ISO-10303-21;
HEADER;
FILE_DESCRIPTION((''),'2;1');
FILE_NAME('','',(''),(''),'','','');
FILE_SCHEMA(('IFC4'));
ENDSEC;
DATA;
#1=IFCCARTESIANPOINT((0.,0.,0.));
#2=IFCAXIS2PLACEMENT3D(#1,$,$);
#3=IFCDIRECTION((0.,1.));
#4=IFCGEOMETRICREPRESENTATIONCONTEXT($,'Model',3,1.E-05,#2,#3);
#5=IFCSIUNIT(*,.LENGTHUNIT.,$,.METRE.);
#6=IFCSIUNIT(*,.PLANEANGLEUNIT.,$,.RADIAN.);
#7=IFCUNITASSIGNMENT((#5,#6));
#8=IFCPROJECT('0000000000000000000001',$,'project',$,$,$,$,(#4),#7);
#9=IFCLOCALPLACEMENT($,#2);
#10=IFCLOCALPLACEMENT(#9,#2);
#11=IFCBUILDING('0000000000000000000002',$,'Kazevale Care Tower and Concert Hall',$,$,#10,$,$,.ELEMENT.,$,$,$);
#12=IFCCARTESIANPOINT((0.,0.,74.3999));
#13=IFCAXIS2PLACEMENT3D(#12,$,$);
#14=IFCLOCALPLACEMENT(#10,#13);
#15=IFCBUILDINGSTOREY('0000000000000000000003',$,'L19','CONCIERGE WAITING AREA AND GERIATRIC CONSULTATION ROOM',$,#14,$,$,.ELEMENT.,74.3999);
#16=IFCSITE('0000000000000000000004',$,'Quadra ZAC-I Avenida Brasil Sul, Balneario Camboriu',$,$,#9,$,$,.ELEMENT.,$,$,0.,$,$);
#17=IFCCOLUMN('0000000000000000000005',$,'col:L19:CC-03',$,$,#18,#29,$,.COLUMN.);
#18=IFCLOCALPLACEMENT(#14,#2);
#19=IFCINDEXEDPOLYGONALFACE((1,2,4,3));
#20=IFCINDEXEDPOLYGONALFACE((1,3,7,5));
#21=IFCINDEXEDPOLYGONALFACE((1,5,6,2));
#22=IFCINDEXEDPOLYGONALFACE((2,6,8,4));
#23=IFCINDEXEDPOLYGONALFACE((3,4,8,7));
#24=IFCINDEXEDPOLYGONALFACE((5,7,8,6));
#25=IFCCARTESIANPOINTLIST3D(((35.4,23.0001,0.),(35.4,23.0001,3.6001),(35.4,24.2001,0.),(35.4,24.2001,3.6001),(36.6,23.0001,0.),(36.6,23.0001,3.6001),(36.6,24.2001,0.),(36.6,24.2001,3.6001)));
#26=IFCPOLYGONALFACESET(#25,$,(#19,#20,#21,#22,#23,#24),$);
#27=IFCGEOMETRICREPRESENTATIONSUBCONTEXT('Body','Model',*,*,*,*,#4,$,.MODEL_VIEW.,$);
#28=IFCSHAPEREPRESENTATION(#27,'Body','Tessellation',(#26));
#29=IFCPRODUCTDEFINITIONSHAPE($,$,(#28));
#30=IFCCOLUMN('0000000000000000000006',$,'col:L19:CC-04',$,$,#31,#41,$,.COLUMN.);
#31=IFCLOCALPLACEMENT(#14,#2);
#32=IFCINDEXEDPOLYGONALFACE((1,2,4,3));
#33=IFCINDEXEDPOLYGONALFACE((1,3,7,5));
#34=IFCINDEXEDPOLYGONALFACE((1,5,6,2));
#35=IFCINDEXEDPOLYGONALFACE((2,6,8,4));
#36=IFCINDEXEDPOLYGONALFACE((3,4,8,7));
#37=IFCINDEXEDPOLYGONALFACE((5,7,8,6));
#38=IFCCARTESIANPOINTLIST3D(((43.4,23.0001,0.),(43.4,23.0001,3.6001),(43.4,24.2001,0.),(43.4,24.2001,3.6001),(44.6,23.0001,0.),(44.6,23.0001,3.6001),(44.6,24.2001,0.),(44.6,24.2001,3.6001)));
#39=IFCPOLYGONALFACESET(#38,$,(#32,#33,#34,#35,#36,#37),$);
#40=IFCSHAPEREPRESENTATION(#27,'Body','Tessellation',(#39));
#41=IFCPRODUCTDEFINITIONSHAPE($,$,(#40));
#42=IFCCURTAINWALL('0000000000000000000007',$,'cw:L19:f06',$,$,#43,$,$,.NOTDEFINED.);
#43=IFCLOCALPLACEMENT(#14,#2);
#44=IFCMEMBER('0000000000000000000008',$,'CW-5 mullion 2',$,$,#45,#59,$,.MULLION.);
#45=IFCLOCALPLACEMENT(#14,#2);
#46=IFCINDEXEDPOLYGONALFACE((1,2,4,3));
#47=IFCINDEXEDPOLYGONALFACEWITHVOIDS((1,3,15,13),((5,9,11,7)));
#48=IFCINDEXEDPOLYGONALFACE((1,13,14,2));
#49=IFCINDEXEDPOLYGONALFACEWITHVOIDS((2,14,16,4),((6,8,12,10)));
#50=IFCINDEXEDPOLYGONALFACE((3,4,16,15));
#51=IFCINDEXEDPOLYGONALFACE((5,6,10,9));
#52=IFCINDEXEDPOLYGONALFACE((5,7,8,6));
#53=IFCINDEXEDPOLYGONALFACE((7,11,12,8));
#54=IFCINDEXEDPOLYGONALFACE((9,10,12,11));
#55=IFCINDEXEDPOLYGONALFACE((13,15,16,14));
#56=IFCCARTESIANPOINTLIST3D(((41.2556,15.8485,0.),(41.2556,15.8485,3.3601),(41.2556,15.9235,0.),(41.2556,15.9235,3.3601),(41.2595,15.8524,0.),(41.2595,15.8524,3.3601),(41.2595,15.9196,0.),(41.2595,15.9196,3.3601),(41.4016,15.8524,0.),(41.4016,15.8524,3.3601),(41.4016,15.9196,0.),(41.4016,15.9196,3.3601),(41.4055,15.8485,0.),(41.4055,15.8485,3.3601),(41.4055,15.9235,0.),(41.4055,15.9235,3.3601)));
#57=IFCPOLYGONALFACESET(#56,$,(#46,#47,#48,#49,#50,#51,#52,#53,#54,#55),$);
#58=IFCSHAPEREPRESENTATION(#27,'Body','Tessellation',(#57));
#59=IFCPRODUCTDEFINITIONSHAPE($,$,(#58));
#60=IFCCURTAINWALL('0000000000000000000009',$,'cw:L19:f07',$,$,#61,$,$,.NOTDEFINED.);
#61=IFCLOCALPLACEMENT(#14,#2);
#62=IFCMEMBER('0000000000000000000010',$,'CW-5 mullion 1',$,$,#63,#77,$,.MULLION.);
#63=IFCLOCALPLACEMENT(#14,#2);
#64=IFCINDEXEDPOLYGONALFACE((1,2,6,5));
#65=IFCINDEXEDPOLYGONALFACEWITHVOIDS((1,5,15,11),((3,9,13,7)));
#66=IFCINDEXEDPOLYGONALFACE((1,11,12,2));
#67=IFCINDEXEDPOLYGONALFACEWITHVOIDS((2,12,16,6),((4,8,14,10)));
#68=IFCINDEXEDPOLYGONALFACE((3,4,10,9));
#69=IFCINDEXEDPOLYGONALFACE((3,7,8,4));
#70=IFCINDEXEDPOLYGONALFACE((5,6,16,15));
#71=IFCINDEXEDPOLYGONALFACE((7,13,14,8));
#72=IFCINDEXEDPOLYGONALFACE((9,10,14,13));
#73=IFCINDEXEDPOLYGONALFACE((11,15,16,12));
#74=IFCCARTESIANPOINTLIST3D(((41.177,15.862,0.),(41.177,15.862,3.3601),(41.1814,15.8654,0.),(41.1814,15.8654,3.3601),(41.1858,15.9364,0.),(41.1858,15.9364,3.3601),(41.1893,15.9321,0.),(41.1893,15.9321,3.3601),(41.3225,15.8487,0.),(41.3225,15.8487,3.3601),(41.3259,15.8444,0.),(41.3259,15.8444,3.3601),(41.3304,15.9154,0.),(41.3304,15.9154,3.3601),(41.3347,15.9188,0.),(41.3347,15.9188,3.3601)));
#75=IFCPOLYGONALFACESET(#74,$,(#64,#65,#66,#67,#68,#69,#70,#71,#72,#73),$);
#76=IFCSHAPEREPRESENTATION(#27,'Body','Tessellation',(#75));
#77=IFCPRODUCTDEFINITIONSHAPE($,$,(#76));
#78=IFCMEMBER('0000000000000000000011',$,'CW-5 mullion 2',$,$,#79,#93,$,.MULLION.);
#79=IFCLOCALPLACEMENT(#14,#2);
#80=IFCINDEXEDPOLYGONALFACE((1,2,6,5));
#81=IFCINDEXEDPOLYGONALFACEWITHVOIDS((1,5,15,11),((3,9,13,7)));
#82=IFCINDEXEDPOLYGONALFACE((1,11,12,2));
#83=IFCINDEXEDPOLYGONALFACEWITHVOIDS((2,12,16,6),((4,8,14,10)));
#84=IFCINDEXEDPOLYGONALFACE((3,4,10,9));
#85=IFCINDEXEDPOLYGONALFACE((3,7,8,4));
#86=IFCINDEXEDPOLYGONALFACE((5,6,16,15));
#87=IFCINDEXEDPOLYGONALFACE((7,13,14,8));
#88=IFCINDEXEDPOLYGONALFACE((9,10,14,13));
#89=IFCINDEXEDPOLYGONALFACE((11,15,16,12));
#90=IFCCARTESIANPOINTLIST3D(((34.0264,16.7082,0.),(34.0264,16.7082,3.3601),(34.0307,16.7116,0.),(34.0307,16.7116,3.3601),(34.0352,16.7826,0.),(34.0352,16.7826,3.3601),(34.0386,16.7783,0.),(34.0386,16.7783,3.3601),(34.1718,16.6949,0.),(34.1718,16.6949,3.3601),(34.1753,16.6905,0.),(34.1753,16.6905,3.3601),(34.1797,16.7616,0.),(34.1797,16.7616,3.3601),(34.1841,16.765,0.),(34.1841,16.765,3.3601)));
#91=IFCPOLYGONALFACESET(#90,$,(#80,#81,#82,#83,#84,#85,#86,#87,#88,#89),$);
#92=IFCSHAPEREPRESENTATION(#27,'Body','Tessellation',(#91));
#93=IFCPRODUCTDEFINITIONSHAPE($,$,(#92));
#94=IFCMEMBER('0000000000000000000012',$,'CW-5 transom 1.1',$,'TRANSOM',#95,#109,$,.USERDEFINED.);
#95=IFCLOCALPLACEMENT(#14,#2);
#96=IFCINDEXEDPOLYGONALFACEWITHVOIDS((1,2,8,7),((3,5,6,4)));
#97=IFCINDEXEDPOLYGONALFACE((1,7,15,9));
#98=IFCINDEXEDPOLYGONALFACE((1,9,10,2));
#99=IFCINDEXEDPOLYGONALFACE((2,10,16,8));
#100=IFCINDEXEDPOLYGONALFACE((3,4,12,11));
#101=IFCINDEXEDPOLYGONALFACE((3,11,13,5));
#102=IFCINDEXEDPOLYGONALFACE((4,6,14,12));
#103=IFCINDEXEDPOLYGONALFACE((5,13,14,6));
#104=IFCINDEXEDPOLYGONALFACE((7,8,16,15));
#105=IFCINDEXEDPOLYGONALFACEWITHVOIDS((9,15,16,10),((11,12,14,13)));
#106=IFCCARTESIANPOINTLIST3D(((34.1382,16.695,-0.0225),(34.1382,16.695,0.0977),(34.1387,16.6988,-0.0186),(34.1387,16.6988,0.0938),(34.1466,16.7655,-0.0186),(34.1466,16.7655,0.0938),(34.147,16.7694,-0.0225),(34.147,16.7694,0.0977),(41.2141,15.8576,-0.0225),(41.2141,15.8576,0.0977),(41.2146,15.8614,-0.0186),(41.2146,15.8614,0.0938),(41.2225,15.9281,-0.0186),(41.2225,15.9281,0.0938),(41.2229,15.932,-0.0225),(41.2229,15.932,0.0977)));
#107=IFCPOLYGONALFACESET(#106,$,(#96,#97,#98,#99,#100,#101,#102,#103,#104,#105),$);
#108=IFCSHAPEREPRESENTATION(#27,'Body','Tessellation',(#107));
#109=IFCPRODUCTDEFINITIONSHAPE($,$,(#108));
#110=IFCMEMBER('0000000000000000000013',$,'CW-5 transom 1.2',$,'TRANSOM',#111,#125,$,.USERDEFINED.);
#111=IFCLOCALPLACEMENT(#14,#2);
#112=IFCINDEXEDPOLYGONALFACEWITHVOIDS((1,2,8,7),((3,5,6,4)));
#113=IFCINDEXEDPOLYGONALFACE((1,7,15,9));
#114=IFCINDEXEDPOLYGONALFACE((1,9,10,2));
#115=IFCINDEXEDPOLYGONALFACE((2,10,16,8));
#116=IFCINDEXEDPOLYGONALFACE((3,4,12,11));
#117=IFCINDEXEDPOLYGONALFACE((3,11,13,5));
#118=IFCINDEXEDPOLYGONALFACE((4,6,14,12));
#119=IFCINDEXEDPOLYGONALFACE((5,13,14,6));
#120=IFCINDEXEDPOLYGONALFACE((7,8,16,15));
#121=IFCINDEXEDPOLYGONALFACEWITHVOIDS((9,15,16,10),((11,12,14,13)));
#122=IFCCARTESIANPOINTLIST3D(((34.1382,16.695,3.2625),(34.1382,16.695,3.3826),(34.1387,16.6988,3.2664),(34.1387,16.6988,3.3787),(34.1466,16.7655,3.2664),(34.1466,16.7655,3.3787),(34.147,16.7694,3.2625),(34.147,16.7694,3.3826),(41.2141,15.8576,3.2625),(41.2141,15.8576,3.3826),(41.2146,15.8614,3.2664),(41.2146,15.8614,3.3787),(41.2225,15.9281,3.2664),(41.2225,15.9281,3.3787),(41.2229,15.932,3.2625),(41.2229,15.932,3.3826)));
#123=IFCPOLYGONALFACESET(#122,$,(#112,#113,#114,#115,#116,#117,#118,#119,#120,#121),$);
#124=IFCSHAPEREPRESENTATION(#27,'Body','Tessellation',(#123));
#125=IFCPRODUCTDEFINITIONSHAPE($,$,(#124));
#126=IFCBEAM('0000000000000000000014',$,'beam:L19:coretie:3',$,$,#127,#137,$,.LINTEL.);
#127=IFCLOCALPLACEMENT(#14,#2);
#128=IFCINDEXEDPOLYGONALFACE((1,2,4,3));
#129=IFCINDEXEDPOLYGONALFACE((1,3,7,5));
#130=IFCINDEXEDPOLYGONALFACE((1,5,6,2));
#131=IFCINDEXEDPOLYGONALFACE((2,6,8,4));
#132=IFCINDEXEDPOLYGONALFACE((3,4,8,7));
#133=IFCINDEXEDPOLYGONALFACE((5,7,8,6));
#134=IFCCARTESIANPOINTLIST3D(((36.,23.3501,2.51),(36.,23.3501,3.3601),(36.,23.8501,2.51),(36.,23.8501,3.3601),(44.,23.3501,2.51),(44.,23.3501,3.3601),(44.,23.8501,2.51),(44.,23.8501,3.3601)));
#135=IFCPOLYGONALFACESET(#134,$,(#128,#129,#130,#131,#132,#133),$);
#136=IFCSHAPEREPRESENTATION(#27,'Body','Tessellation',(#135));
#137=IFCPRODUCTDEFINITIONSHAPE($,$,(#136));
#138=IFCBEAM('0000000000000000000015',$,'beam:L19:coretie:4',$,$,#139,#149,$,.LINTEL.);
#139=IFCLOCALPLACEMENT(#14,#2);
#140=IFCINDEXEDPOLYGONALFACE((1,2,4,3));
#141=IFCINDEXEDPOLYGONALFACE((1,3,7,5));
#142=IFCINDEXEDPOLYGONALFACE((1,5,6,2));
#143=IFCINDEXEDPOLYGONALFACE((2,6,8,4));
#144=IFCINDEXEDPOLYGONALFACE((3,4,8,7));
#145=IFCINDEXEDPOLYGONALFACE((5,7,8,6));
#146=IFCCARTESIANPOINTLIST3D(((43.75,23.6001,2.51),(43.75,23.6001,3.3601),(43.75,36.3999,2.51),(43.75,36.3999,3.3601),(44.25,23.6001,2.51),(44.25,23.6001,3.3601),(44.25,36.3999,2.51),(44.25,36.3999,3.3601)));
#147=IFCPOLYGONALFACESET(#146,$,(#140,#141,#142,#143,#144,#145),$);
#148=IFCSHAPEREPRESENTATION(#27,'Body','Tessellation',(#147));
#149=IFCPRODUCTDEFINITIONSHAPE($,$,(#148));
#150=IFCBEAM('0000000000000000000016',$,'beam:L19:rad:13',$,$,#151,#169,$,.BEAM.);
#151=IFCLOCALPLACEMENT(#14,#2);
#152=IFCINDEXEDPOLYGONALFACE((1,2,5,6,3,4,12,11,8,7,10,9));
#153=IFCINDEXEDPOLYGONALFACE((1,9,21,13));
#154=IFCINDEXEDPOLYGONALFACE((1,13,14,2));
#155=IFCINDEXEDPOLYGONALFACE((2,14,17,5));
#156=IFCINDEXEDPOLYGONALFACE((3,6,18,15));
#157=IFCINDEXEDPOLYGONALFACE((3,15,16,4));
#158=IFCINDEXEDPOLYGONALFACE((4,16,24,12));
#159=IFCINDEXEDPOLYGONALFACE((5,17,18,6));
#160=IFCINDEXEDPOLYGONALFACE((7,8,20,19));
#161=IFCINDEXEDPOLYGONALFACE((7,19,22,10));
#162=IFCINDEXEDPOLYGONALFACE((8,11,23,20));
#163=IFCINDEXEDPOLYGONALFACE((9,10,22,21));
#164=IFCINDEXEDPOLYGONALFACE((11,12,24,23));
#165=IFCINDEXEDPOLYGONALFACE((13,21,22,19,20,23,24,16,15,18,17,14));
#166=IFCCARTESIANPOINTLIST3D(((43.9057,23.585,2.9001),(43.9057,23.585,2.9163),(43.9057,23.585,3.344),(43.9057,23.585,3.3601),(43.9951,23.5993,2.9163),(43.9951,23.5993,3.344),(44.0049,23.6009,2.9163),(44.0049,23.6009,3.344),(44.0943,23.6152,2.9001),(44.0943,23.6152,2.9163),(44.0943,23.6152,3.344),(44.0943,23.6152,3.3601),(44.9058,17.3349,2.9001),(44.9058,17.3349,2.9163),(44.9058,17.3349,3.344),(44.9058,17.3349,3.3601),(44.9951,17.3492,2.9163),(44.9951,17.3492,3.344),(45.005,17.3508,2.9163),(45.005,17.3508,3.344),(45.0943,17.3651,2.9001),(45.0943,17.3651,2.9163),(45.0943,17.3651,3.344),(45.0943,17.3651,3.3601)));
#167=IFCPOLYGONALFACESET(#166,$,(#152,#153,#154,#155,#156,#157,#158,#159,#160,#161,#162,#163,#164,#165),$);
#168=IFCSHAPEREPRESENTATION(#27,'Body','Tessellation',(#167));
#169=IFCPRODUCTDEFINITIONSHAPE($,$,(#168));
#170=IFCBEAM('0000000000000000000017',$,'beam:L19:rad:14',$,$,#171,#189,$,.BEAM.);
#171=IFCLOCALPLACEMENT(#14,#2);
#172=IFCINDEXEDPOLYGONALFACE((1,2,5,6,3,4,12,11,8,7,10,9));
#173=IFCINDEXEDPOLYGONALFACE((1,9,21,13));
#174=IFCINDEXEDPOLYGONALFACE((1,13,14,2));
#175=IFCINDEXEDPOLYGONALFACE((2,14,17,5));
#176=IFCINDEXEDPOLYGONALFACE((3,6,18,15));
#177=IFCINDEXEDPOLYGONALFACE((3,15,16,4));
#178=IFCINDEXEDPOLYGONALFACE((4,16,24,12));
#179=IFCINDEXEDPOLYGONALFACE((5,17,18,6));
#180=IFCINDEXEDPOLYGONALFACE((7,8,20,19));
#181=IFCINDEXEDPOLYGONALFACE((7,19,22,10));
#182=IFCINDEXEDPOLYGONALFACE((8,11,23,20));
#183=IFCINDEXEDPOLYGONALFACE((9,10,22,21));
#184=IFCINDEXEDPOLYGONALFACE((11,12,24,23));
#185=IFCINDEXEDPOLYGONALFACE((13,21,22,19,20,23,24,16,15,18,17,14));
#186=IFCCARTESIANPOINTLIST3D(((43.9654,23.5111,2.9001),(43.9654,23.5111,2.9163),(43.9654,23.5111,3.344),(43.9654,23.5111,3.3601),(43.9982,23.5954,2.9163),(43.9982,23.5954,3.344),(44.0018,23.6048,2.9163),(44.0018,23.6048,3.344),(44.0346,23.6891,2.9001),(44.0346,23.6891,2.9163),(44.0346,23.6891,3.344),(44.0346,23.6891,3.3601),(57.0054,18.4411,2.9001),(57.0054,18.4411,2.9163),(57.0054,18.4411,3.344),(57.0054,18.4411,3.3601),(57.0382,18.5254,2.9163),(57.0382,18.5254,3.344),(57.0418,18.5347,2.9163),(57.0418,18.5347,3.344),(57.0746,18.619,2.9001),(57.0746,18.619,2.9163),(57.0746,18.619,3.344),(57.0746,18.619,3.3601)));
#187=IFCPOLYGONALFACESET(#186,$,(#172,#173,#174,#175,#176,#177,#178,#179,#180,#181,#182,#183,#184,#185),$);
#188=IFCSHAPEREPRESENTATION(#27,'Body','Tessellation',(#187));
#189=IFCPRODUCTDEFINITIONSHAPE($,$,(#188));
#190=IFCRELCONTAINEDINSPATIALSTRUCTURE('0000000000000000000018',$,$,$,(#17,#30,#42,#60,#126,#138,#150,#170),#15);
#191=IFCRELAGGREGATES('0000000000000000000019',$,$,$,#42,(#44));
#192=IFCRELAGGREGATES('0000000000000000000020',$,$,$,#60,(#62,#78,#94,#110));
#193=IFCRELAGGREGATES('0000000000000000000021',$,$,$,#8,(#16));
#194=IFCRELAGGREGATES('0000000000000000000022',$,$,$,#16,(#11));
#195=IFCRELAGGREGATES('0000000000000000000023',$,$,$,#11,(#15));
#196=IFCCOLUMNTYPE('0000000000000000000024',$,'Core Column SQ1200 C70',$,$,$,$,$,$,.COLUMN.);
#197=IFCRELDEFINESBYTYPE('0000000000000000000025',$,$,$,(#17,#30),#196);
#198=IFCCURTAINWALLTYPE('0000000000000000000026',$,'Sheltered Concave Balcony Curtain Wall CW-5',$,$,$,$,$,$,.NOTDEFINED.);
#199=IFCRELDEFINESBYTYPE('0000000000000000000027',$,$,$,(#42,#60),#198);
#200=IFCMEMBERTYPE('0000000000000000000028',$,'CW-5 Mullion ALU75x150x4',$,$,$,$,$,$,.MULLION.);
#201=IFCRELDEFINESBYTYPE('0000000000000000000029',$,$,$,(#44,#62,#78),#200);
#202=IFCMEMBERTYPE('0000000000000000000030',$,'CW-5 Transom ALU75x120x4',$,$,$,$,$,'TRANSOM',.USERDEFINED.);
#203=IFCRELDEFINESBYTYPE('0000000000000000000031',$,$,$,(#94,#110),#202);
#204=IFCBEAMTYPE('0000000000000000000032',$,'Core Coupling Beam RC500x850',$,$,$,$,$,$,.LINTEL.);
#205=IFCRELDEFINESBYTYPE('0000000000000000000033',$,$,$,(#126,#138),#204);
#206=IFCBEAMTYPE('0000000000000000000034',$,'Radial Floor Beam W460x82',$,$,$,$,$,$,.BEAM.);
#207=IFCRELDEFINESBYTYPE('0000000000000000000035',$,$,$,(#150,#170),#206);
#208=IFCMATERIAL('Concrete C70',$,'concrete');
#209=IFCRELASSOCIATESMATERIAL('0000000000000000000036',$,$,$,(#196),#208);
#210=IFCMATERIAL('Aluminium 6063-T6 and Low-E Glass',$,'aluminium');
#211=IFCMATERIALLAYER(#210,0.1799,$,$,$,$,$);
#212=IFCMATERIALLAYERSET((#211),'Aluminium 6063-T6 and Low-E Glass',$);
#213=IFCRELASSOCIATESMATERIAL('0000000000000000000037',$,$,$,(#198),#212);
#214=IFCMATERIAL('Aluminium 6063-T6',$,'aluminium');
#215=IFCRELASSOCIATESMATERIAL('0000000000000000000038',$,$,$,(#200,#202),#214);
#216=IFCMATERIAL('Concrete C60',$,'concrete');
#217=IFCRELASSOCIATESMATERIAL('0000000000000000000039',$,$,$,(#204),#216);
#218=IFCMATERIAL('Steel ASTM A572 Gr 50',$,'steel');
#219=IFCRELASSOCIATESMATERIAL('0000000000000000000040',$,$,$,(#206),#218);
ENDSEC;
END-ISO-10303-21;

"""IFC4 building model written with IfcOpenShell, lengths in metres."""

from ifc_helpers import new_model, si_unit, direction, frame, origin, origin_2d, place, context, subcontext, project, spatial, rectangle, hollow_rectangle, i_section, extrude, material, layer, layer_set, material_profile, profile_set, type_object, element, aggregate, save


model = new_model("IFC4")

# Units and contexts
model_context = context("Model", 3, precision=1e-05, world=origin(), true_north=direction((0.0, 1.0)))
body_context = subcontext(model_context, "Body", "Model", "MODEL_VIEW")
ifc_project = project(units=[si_unit("LENGTHUNIT", "METRE"), si_unit("PLANEANGLEUNIT", "RADIAN")], contexts=[model_context])

# Site, building, storey
site_placement = place(None, origin())
site = spatial("IfcSite", under=ifc_project, at=site_placement, Name="Quadra ZAC-I Avenida Brasil Sul, Balneario Camboriu", CompositionType="ELEMENT", RefElevation=0.0)
building_placement = place(site_placement, origin())
building = spatial("IfcBuilding", under=site, at=building_placement, Name="Kazevale Care Tower and Concert Hall", CompositionType="ELEMENT")
storey_placement = place(building_placement, frame((0.0, 0.0, 74.3999)))
storey = spatial("IfcBuildingStorey", under=building, at=storey_placement, Name="L19", Description="CONCIERGE WAITING AREA AND GERIATRIC CONSULTATION ROOM", CompositionType="ELEMENT", Elevation=74.3999)

# Columns
ifc_material_1 = material(Name="Concrete C70", Category="concrete")
ifc_material_profile_1 = material_profile(ifc_material_1, rectangle(XDim=1.2, YDim=1.2, at=origin_2d()), Name="RC-SQ1200")
ifc_profile_set_1 = profile_set([ifc_material_profile_1], Name="Concrete C70")
column_type = type_object("IfcColumnType", Name="Core Column SQ1200 C70", PredefinedType="COLUMN", material=ifc_profile_set_1)
for number, where, z_axis, x_axis, name in (
    (1, (36.0, 23.6001, 0.0), (0.0, 0.0, 1.0), (1.0, 0.0, 0.0), "col:L19:CC-03"),
    (2, (44.0, 23.6001, 0.0), (0.0, 0.0, 1.0), (1.0, 0.0, 0.0), "col:L19:CC-04"),
):
    element("IfcColumn", number, at=place(storey_placement, frame(where, z_axis=z_axis, x_axis=x_axis)), inside=storey, type_object=column_type, Name=name, PredefinedType="COLUMN", context=body_context, shape_type="SweptSolid", body=[
        extrude(rectangle(XDim=1.2, YDim=1.2, at=origin_2d()), origin(), (0.0, 0.0, 1.0), 3.6001),
    ])

# Curtain wall, member
ifc_material_2 = material(Name="Aluminium 6063-T6 and Low-E Glass", Category="aluminium")
ifc_layer_1 = layer(ifc_material_2, 0.1799)
ifc_layer_set_1 = layer_set([ifc_layer_1], Name="Aluminium 6063-T6 and Low-E Glass")
curtain_wall_type = type_object("IfcCurtainWallType", Name="Sheltered Concave Balcony Curtain Wall CW-5", PredefinedType="NOTDEFINED", material=ifc_layer_set_1)
curtain_wall_1_placement = place(storey_placement, origin())
curtain_wall_1 = element("IfcCurtainWall", 3, at=curtain_wall_1_placement, inside=storey, type_object=curtain_wall_type, Name="cw:L19:f06", PredefinedType="NOTDEFINED")
ifc_material_3 = material(Name="Aluminium 6063-T6", Category="aluminium")
ifc_material_profile_2 = material_profile(ifc_material_3, hollow_rectangle(XDim=0.075, YDim=0.1499, WallThickness=0.0039, at=origin_2d()), Name="ALU75x150x4")
ifc_profile_set_2 = profile_set([ifc_material_profile_2], Name="Aluminium 6063-T6")
member_type_1 = type_object("IfcMemberType", Name="CW-5 Mullion ALU75x150x4", PredefinedType="MULLION", material=ifc_profile_set_2)
member_1_placement = place(storey_placement, frame((41.3306, 15.886, 0.0), z_axis=(0.0, 0.0, 1.0), x_axis=(0.0, -1.0, 0.0)))
member_1 = element("IfcMember", 4, at=member_1_placement, type_object=member_type_1, Name="CW-5 mullion 2", PredefinedType="MULLION", context=body_context, shape_type="SweptSolid", body=[
    extrude(hollow_rectangle(XDim=0.075, YDim=0.1499, WallThickness=0.0039, at=origin_2d()), origin(), (0.0, 0.0, 1.0), 3.3601),
])

# Curtain wall, members
curtain_wall_2_placement = place(storey_placement, origin())
curtain_wall_2 = element("IfcCurtainWall", 5, at=curtain_wall_2_placement, inside=storey, type_object=curtain_wall_type, Name="cw:L19:f07", PredefinedType="NOTDEFINED")
member_2_placement = place(storey_placement, frame((41.2559, 15.8904, 0.0), z_axis=(0.0, 0.0, 1.0), x_axis=(-0.117519, -0.993071, 0.0)))
member_2 = element("IfcMember", 6, at=member_2_placement, type_object=member_type_1, Name="CW-5 mullion 1", PredefinedType="MULLION", context=body_context, shape_type="SweptSolid", body=[
    extrude(hollow_rectangle(XDim=0.075, YDim=0.1499, WallThickness=0.0039, at=origin_2d()), origin(), (0.0, 0.0, 1.0), 3.3601),
])
member_3_placement = place(storey_placement, frame((34.1052, 16.7366, 0.0), z_axis=(0.0, 0.0, 1.0), x_axis=(-0.117519, -0.993071, 0.0)))
member_3 = element("IfcMember", 7, at=member_3_placement, type_object=member_type_1, Name="CW-5 mullion 2", PredefinedType="MULLION", context=body_context, shape_type="SweptSolid", body=[
    extrude(hollow_rectangle(XDim=0.075, YDim=0.1499, WallThickness=0.0039, at=origin_2d()), origin(), (0.0, 0.0, 1.0), 3.3601),
])
ifc_material_profile_3 = material_profile(ifc_material_3, hollow_rectangle(XDim=0.075, YDim=0.1201, WallThickness=0.0039, at=origin_2d()), Name="ALU75x120x4")
ifc_profile_set_3 = profile_set([ifc_material_profile_3], Name="Aluminium 6063-T6")
member_type_2 = type_object("IfcMemberType", Name="CW-5 Transom ALU75x120x4", ElementType="TRANSOM", PredefinedType="USERDEFINED", material=ifc_profile_set_3)
member_4_placement = place(storey_placement, frame((41.2185, 15.8948, 0.0376), z_axis=(-0.99307, 0.117525, 0.0), x_axis=(-0.117525, -0.99307, 0.0)))
member_4 = element("IfcMember", 8, at=member_4_placement, type_object=member_type_2, Name="CW-5 transom 1.1", ObjectType="TRANSOM", PredefinedType="USERDEFINED", context=body_context, shape_type="SweptSolid", body=[
    extrude(hollow_rectangle(XDim=0.075, YDim=0.1201, WallThickness=0.0039, at=origin_2d()), origin(), (0.0, 0.0, 1.0), 7.1252),
])
member_5_placement = place(storey_placement, frame((41.2185, 15.8948, 3.3225), z_axis=(-0.99307, 0.117525, 0.0), x_axis=(-0.117525, -0.99307, 0.0)))
member_5 = element("IfcMember", 9, at=member_5_placement, type_object=member_type_2, Name="CW-5 transom 1.2", ObjectType="TRANSOM", PredefinedType="USERDEFINED", context=body_context, shape_type="SweptSolid", body=[
    extrude(hollow_rectangle(XDim=0.075, YDim=0.1201, WallThickness=0.0039, at=origin_2d()), origin(), (0.0, 0.0, 1.0), 7.1252),
])

# Beams
ifc_material_4 = material(Name="Concrete C60", Category="concrete")
ifc_material_profile_4 = material_profile(ifc_material_4, rectangle(XDim=0.5, YDim=0.8501, at=origin_2d()), Name="RC-B500x850")
ifc_profile_set_4 = profile_set([ifc_material_profile_4], Name="Concrete C60")
beam_type_1 = type_object("IfcBeamType", Name="Core Coupling Beam RC500x850", PredefinedType="LINTEL", material=ifc_profile_set_4)
beam_1_placement = place(storey_placement, frame((36.0, 23.6001, 2.9351), z_axis=(1.0, 0.0, 0.0), x_axis=(0.0, 1.0, 0.0)))
element("IfcBeam", 10, at=beam_1_placement, inside=storey, type_object=beam_type_1, Name="beam:L19:coretie:3", PredefinedType="LINTEL", context=body_context, shape_type="SweptSolid", body=[
    extrude(rectangle(XDim=0.5, YDim=0.8501, at=origin_2d()), origin(), (0.0, 0.0, 1.0), 8.0),
])
beam_2_placement = place(storey_placement, frame((44.0, 23.6001, 2.9351), z_axis=(0.0, 1.0, 0.0), x_axis=(-1.0, 0.0, 0.0)))
element("IfcBeam", 11, at=beam_2_placement, inside=storey, type_object=beam_type_1, Name="beam:L19:coretie:4", PredefinedType="LINTEL", context=body_context, shape_type="SweptSolid", body=[
    extrude(rectangle(XDim=0.5, YDim=0.8501, at=origin_2d()), origin(), (0.0, 0.0, 1.0), 12.7998),
])
ifc_material_5 = material(Name="Steel ASTM A572 Gr 50", Category="steel")
ifc_material_profile_5 = material_profile(ifc_material_5, i_section(OverallWidth=0.1909, OverallDepth=0.46, WebThickness=0.01, FlangeThickness=0.0161, at=origin_2d()), Name="W460x82")
ifc_profile_set_5 = profile_set([ifc_material_profile_5], Name="Steel ASTM A572 Gr 50")
beam_type_2 = type_object("IfcBeamType", Name="Radial Floor Beam W460x82", PredefinedType="BEAM", material=ifc_profile_set_5)
beam_3_placement = place(storey_placement, frame((44.0, 23.6001, 3.1301), z_axis=(0.157991, -0.987441, 0.0), x_axis=(0.987441, 0.157991, 0.0)))
element("IfcBeam", 12, at=beam_3_placement, inside=storey, type_object=beam_type_2, Name="beam:L19:rad:13", PredefinedType="BEAM", context=body_context, shape_type="SweptSolid", body=[
    extrude(i_section(OverallWidth=0.1909, OverallDepth=0.46, WebThickness=0.01, FlangeThickness=0.0161, at=origin_2d()), origin(), (0.0, 0.0, 1.0), 6.3296),
])
beam_4_placement = place(storey_placement, frame((44.0, 23.6001, 3.1301), z_axis=(0.93203, -0.362381, 0.0), x_axis=(0.362381, 0.93203, 0.0)))
element("IfcBeam", 13, at=beam_4_placement, inside=storey, type_object=beam_type_2, Name="beam:L19:rad:14", PredefinedType="BEAM", context=body_context, shape_type="SweptSolid", body=[
    extrude(i_section(OverallWidth=0.1909, OverallDepth=0.46, WebThickness=0.01, FlangeThickness=0.0161, at=origin_2d()), origin(), (0.0, 0.0, 1.0), 13.991),
])

aggregate(curtain_wall_1, [member_1])
aggregate(curtain_wall_2, [member_2, member_3, member_4, member_5])

save(model, "model.ifc")
